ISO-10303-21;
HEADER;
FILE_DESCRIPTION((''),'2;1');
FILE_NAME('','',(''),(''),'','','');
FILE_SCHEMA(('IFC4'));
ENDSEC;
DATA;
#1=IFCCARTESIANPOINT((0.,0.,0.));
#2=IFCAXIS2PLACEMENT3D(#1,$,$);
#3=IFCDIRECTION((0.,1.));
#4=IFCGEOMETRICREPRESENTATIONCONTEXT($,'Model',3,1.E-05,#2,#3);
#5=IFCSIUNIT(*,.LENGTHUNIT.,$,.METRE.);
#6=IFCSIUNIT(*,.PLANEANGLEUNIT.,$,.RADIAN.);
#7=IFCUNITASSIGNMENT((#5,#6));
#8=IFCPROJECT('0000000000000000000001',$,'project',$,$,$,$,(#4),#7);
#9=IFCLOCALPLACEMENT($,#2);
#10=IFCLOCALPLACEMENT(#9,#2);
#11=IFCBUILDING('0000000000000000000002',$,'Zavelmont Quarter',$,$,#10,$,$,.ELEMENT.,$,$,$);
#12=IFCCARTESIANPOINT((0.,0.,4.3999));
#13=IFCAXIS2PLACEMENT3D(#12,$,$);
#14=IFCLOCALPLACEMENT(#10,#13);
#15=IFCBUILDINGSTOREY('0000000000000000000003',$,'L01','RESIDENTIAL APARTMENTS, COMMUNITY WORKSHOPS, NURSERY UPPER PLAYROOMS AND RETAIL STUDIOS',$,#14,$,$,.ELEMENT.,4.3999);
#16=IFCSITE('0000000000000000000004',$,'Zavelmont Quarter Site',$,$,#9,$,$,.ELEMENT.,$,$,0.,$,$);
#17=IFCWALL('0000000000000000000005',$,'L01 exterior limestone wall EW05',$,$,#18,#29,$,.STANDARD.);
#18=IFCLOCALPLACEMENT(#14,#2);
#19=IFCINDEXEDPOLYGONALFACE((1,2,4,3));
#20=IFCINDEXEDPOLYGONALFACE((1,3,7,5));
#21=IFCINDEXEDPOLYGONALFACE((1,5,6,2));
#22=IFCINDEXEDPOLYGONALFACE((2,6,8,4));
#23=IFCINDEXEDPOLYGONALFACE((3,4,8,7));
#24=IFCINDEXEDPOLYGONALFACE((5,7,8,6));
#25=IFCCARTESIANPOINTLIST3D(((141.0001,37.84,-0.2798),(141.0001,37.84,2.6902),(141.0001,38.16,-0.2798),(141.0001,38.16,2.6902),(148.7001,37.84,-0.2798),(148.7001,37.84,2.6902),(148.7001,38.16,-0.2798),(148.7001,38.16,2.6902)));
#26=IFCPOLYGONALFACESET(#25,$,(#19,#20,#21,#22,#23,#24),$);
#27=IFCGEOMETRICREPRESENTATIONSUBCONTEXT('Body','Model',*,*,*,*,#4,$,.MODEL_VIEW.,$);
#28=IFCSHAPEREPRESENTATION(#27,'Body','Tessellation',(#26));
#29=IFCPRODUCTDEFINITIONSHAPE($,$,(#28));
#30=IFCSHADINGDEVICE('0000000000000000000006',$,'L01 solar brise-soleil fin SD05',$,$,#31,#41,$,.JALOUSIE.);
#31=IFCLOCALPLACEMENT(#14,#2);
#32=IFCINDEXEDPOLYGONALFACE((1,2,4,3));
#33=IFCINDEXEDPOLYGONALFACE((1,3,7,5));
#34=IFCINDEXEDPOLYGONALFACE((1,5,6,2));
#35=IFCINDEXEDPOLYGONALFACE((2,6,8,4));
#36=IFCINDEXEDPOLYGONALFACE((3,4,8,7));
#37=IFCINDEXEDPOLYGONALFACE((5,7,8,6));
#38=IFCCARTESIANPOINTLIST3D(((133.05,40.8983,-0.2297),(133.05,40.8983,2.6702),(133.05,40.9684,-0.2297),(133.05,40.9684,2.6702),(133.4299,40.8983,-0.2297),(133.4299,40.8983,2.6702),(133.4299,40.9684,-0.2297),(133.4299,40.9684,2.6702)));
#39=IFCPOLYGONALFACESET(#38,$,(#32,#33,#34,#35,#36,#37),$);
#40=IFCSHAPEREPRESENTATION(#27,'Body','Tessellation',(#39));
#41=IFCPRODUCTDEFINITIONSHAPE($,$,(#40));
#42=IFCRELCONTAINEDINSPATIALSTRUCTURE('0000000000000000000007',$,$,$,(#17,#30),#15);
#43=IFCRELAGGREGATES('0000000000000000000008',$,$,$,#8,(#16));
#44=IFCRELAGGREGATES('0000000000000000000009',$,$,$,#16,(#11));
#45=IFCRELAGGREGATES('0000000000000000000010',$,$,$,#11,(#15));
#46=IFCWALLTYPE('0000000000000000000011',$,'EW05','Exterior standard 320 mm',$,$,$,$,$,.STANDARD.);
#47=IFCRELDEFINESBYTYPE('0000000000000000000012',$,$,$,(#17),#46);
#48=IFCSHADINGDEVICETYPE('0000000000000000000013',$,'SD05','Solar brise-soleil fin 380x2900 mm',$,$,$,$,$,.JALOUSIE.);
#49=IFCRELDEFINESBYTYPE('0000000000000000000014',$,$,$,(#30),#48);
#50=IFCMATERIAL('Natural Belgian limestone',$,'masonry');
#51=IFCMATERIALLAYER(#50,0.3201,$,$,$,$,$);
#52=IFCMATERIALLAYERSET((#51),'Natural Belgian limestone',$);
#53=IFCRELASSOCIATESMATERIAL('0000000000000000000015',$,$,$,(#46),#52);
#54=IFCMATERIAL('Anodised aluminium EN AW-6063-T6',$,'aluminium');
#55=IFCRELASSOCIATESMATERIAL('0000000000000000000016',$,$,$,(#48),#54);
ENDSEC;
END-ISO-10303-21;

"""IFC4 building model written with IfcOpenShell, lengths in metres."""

from ifc_helpers import new_model, si_unit, direction, frame, frame_2d, origin, origin_2d, place, context, subcontext, project, spatial, rectangle, extrude, material, layer, layer_set, type_object, element, save


model = new_model("IFC4")

# Units and contexts
model_context = context("Model", 3, precision=1e-05, world=origin(), true_north=direction((0.0, 1.0)))
body_context = subcontext(model_context, "Body", "Model", "MODEL_VIEW")
ifc_project = project(units=[si_unit("LENGTHUNIT", "METRE"), si_unit("PLANEANGLEUNIT", "RADIAN")], contexts=[model_context])

# Site, building, storey
site_placement = place(None, origin())
site = spatial("IfcSite", under=ifc_project, at=site_placement, Name="Zavelmont Quarter Site", CompositionType="ELEMENT", RefElevation=0.0)
building_placement = place(site_placement, origin())
building = spatial("IfcBuilding", under=site, at=building_placement, Name="Zavelmont Quarter", CompositionType="ELEMENT")
storey_placement = place(building_placement, frame((0.0, 0.0, 4.3999)))
storey = spatial("IfcBuildingStorey", under=building, at=storey_placement, Name="L01", Description="RESIDENTIAL APARTMENTS, COMMUNITY WORKSHOPS, NURSERY UPPER PLAYROOMS AND RETAIL STUDIOS", CompositionType="ELEMENT", Elevation=4.3999)

# Wall
ifc_material_1 = material(Name="Natural Belgian limestone", Category="masonry")
ifc_layer_1 = layer(ifc_material_1, 0.3201)
ifc_layer_set_1 = layer_set([ifc_layer_1], Name="Natural Belgian limestone")
wall_type = type_object("IfcWallType", Name="EW05", Description="Exterior standard 320 mm", PredefinedType="STANDARD", material=ifc_layer_set_1)
wall_placement = place(storey_placement, frame((141.0, 38.0, -0.2798), z_axis=(0.0, 0.0, 1.0), x_axis=(1.0, 0.0, 0.0)))
element("IfcWall", 1, at=wall_placement, inside=storey, type_object=wall_type, Name="L01 exterior limestone wall EW05", PredefinedType="STANDARD", context=body_context, shape_type="SweptSolid", body=[
    extrude(rectangle(XDim=7.7, YDim=0.3201, at=frame_2d((3.8501, 0.0))), origin(), (0.0, 0.0, 1.0), 2.97),
])

# Shading device
ifc_material_2 = material(Name="Anodised aluminium EN AW-6063-T6", Category="aluminium")
shading_device_type = type_object("IfcShadingDeviceType", Name="SD05", Description="Solar brise-soleil fin 380x2900 mm", PredefinedType="JALOUSIE", material=ifc_material_2)
shading_device_placement = place(storey_placement, frame((133.24, 40.9333, -0.2297), z_axis=(0.0, 0.0, 1.0), x_axis=(0.0, 1.0, 0.0)))
element("IfcShadingDevice", 2, at=shading_device_placement, inside=storey, type_object=shading_device_type, Name="L01 solar brise-soleil fin SD05", PredefinedType="JALOUSIE", context=body_context, shape_type="SweptSolid", body=[
    extrude(rectangle(XDim=0.0701, YDim=0.3799, at=origin_2d()), origin(), (0.0, 0.0, 1.0), 2.8999),
])

save(model, "model.ifc")
